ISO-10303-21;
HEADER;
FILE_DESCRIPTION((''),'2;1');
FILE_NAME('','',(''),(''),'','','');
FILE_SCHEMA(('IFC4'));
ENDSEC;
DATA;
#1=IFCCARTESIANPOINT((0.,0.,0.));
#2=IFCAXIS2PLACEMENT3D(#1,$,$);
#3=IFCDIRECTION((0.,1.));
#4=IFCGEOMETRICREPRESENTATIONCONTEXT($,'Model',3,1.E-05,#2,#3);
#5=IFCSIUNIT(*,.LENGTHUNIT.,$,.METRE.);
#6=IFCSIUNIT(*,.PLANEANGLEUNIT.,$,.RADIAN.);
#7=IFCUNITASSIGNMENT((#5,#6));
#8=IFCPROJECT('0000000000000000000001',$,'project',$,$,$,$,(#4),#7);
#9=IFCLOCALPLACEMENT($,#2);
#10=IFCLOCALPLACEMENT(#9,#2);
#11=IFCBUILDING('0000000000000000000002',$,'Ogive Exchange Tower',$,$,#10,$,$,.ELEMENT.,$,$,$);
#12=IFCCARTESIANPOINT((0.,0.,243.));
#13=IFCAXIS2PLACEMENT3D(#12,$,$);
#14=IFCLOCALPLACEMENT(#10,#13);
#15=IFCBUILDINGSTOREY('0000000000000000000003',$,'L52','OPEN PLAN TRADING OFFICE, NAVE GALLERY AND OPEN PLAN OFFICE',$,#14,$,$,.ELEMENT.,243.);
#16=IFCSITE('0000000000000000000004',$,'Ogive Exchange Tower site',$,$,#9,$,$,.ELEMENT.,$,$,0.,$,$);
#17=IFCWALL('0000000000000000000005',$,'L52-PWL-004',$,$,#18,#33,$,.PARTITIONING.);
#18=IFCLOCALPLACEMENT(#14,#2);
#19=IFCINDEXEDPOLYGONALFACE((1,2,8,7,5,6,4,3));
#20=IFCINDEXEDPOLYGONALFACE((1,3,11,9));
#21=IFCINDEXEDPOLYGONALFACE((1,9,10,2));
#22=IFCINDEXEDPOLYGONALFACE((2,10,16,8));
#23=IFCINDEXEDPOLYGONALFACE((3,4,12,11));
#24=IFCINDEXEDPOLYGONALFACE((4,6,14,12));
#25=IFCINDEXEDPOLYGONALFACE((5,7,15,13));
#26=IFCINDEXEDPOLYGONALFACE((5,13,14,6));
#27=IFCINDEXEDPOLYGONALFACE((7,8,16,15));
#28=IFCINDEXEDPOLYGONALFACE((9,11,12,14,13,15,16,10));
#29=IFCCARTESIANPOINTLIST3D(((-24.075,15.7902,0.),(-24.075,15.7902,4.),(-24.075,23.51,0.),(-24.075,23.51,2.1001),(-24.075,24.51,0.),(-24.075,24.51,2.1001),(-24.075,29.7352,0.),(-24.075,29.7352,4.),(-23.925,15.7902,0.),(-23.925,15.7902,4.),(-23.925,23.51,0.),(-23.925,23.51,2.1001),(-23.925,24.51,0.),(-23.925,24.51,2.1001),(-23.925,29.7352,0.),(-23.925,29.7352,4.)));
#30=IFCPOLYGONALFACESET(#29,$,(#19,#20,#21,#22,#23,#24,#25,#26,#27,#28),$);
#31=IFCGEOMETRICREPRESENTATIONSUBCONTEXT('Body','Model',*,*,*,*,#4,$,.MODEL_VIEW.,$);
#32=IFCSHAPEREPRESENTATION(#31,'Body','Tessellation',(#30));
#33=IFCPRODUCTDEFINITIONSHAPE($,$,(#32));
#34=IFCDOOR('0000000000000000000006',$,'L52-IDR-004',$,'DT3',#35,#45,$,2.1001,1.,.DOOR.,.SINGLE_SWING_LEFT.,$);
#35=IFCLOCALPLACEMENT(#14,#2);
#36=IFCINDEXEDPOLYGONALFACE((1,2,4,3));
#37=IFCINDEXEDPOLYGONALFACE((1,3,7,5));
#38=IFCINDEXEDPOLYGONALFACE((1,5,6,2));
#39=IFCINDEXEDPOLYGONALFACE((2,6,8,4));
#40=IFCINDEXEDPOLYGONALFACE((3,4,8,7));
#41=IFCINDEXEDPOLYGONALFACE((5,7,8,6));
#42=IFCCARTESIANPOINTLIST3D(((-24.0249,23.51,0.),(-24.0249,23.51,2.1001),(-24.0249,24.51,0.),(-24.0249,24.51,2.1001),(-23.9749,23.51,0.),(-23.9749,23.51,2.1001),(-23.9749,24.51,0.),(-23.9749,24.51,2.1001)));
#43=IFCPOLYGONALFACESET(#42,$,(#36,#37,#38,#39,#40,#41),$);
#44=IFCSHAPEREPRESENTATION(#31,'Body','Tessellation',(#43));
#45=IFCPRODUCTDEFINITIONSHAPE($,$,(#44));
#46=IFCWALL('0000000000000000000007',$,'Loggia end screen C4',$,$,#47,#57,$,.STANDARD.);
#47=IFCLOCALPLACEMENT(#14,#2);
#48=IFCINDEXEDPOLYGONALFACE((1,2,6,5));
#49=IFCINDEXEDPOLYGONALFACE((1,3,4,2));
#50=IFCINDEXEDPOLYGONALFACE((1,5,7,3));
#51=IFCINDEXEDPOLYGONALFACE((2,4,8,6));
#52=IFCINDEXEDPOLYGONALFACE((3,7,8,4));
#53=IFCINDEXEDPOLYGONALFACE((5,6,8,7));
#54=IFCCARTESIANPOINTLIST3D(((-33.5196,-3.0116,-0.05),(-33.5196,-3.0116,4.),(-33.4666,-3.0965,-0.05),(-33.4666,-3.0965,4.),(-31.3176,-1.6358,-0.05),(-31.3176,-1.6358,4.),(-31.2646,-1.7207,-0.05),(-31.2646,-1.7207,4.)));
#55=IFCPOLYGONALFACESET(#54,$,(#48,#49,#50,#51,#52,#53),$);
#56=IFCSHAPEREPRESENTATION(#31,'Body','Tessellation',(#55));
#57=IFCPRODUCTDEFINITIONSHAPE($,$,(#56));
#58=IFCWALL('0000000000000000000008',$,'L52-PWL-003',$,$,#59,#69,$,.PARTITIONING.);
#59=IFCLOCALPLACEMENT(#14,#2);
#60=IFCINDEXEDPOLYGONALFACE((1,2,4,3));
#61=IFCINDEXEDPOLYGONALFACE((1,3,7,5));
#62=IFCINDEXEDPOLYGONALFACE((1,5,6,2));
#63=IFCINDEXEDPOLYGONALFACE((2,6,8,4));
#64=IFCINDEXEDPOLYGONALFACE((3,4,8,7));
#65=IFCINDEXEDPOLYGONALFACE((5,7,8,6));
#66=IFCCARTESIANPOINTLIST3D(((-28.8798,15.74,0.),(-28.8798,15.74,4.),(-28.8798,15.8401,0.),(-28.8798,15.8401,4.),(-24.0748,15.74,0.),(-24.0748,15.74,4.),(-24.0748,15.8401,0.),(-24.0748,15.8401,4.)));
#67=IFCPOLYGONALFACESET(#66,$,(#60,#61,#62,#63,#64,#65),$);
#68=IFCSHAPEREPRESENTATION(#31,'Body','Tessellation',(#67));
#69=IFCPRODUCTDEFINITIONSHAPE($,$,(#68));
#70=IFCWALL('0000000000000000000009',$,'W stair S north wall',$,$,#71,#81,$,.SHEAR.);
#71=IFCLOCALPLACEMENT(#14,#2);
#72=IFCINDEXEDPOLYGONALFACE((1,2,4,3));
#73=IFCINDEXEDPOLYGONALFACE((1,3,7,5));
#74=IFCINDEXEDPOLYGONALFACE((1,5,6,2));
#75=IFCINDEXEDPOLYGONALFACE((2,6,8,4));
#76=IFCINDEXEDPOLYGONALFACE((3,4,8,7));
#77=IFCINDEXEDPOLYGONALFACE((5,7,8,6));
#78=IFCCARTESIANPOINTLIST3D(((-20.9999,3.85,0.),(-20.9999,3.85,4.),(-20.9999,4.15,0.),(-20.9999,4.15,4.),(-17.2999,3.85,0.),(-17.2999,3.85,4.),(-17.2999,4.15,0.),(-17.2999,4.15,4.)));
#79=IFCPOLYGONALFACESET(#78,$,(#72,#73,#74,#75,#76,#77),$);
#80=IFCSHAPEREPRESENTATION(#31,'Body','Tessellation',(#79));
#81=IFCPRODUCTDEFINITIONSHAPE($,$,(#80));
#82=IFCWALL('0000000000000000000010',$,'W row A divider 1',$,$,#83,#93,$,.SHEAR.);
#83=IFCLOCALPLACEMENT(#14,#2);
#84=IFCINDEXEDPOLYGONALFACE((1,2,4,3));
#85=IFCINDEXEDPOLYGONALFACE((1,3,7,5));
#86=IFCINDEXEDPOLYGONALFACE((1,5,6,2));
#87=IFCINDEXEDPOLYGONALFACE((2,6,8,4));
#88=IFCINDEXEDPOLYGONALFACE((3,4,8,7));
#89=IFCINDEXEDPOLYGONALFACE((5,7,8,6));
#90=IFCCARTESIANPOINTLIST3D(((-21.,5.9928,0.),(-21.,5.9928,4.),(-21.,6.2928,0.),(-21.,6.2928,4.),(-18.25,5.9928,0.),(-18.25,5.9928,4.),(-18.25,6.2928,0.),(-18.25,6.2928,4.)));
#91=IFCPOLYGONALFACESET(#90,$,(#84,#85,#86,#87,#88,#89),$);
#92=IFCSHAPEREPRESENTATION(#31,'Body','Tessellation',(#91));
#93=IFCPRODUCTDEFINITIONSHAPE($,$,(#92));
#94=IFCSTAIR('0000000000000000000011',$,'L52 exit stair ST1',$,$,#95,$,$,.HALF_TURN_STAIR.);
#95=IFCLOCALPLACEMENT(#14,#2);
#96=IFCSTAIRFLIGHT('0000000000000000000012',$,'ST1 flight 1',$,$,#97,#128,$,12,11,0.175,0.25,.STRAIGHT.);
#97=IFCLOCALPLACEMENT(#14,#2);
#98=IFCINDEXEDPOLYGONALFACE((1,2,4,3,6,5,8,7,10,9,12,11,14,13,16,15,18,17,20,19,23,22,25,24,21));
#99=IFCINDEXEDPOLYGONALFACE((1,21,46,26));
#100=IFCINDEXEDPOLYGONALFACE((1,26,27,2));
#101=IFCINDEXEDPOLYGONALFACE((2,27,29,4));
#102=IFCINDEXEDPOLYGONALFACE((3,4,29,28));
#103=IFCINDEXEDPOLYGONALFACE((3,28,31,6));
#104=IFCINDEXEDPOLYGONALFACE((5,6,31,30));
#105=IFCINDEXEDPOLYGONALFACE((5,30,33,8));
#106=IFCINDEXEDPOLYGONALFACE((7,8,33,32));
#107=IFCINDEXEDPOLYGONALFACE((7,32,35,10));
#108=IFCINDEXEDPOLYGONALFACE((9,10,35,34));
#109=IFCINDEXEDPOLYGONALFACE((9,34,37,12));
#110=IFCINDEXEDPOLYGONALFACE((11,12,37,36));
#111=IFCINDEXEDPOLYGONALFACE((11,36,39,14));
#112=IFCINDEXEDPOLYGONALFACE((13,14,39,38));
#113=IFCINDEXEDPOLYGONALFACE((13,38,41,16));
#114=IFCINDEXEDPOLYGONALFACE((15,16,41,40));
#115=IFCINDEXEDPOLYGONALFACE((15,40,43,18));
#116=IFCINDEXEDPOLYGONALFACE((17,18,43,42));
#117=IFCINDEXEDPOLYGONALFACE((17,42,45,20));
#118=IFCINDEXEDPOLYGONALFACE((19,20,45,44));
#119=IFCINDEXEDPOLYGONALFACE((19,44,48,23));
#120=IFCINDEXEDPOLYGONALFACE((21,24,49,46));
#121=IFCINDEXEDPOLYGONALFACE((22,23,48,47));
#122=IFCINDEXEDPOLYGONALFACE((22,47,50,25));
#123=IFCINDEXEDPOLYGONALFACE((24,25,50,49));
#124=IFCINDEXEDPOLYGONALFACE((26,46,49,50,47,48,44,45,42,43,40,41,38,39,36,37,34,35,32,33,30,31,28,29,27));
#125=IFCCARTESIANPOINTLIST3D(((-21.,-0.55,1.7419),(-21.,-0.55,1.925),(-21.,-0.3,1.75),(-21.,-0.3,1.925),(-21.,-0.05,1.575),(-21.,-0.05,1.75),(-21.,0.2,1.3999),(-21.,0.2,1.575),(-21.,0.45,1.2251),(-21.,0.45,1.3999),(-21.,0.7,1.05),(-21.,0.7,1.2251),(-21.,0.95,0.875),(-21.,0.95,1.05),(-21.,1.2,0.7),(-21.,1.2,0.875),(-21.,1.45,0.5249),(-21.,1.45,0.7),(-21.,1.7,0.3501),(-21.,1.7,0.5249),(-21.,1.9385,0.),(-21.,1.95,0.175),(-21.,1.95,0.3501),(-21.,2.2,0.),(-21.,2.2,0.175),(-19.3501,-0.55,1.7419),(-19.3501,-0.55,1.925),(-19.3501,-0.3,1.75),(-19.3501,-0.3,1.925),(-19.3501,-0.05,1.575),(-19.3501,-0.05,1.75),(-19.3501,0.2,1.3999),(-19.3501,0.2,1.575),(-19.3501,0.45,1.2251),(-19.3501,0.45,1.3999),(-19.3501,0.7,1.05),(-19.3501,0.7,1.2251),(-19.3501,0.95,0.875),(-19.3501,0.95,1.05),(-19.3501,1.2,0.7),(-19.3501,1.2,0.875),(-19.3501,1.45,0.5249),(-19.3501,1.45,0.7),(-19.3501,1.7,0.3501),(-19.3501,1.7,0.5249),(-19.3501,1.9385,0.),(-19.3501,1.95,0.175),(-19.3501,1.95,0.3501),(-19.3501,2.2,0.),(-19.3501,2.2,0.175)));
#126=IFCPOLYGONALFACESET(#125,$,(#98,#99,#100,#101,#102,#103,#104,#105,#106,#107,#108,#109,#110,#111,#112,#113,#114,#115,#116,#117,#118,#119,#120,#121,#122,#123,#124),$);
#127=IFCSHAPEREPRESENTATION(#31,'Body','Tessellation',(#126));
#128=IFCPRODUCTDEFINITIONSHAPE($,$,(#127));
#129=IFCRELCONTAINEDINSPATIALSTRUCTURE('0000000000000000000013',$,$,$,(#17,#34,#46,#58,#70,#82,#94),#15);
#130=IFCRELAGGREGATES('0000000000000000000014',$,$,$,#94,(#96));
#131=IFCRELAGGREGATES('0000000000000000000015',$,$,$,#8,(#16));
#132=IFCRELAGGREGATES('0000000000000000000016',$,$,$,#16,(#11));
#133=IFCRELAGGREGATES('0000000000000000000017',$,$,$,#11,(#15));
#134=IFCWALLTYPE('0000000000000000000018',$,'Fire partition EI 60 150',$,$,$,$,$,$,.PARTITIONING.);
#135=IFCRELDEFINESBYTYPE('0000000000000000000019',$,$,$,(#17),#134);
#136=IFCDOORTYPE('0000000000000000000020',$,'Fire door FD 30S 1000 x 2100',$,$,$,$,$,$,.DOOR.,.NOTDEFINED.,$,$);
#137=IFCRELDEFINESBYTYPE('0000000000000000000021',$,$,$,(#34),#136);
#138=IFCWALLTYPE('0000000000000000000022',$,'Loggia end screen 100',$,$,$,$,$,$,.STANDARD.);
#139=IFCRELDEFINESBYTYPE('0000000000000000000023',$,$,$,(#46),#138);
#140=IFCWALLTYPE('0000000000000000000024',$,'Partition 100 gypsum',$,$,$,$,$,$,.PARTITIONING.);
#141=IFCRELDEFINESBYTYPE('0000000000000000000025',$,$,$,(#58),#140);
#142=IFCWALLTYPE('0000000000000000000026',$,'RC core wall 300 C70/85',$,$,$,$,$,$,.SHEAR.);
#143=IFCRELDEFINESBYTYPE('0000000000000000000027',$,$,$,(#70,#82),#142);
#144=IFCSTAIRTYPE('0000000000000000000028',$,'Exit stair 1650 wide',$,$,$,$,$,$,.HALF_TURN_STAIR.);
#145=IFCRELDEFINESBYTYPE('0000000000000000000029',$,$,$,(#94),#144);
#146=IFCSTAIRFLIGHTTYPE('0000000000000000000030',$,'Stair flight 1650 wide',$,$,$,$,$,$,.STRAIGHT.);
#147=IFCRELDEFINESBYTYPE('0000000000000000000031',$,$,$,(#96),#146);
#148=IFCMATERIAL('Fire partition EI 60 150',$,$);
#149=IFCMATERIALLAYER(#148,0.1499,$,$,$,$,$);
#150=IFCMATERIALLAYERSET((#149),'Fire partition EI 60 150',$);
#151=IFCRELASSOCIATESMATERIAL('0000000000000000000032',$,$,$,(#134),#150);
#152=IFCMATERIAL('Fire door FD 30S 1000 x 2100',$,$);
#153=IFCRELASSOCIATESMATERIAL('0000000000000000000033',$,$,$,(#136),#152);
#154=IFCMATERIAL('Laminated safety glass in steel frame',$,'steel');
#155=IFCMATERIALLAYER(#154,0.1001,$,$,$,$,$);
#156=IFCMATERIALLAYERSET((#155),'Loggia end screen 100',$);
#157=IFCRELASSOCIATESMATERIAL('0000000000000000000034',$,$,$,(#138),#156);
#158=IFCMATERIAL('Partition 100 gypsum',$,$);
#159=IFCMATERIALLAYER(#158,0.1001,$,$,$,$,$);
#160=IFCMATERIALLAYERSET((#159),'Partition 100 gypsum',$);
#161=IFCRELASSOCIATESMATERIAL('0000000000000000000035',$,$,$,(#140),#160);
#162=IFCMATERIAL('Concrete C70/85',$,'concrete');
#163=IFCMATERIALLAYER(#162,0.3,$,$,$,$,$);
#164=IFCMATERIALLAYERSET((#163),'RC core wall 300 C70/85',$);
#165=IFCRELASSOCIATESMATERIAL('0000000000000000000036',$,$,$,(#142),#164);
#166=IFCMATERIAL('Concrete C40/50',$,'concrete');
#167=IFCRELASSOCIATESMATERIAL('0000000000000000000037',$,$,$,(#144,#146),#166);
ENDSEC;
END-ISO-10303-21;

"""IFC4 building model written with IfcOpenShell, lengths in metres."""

from ifc_helpers import new_model, si_unit, direction, frame, frame_2d, origin, place, context, subcontext, project, spatial, polyline, rectangle, outline, extrude, material, layer, layer_set, type_object, element, fill, aggregate, save


model = new_model("IFC4")

# Units and contexts
model_context = context("Model", 3, precision=1e-05, world=origin(), true_north=direction((0.0, 1.0)))
body_context = subcontext(model_context, "Body", "Model", "MODEL_VIEW")
ifc_project = project(units=[si_unit("LENGTHUNIT", "METRE"), si_unit("PLANEANGLEUNIT", "RADIAN")], contexts=[model_context])

# Site, building, storey
site_placement = place(None, origin())
site = spatial("IfcSite", under=ifc_project, at=site_placement, Name="Ogive Exchange Tower site", CompositionType="ELEMENT", RefElevation=0.0)
building_placement = place(site_placement, origin())
building = spatial("IfcBuilding", under=site, at=building_placement, Name="Ogive Exchange Tower", CompositionType="ELEMENT")
storey_placement = place(building_placement, frame((0.0, 0.0, 243.0)))
storey = spatial("IfcBuildingStorey", under=building, at=storey_placement, Name="L52", Description="OPEN PLAN TRADING OFFICE, NAVE GALLERY AND OPEN PLAN OFFICE", CompositionType="ELEMENT", Elevation=243.0)

# Wall, opening, door
ifc_material_1 = material(Name="Fire partition EI 60 150")
ifc_layer_1 = layer(ifc_material_1, 0.1499)
ifc_layer_set_1 = layer_set([ifc_layer_1], Name="Fire partition EI 60 150")
wall_type_1 = type_object("IfcWallType", Name="Fire partition EI 60 150", PredefinedType="PARTITIONING", material=ifc_layer_set_1)
wall_1_placement = place(storey_placement, frame((-24.0, 15.79, 0.0), z_axis=(0.0, 0.0, 1.0), x_axis=(0.0, 1.0, 0.0)))
wall_1 = element("IfcWall", 1, at=wall_1_placement, inside=storey, type_object=wall_type_1, Name="L52-PWL-004", PredefinedType="PARTITIONING", context=body_context, shape_type="SweptSolid", body=[
    extrude(rectangle(XDim=13.9451, YDim=0.1499, at=frame_2d((6.9727, 0.0))), origin(), (0.0, 0.0, 1.0), 4.0),
])
opening_placement = place(wall_1_placement, frame((7.72, 0.0, 0.0)))
opening = element("IfcOpeningElement", 2, at=opening_placement, cuts=wall_1, PredefinedType="OPENING", context=body_context, shape_type="SweptSolid", body=[
    extrude(rectangle(XDim=1.0, YDim=2.1001, at=frame_2d((0.5, 1.05))), frame((0.0, 0.085, 0.0), z_axis=(0.0, -1.0, 0.0), x_axis=(1.0, 0.0, 0.0)), (0.0, 0.0, 1.0), 0.1699),
])
ifc_material_2 = material(Name="Fire door FD 30S 1000 x 2100")
door_type = type_object("IfcDoorType", Name="Fire door FD 30S 1000 x 2100", OperationType="NOTDEFINED", PredefinedType="DOOR", material=ifc_material_2)
door_placement = place(opening_placement, origin())
door = element("IfcDoor", 3, at=door_placement, inside=storey, type_object=door_type, Name="L52-IDR-004", ObjectType="DT3", OperationType="SINGLE_SWING_LEFT", OverallHeight=2.1001, OverallWidth=1.0, PredefinedType="DOOR", context=body_context, shape_type="SweptSolid", body=[
    extrude(rectangle(XDim=1.0, YDim=2.1001, at=frame_2d((0.5, 1.05))), frame((0.0, 0.0249, 0.0), z_axis=(0.0, -1.0, 0.0), x_axis=(1.0, 0.0, 0.0)), (0.0, 0.0, 1.0), 0.05),
])
fill(opening, door)

# Walls
ifc_material_3 = material(Name="Laminated safety glass in steel frame", Category="steel")
ifc_layer_2 = layer(ifc_material_3, 0.1001)
ifc_layer_set_2 = layer_set([ifc_layer_2], Name="Loggia end screen 100")
wall_type_2 = type_object("IfcWallType", Name="Loggia end screen 100", PredefinedType="STANDARD", material=ifc_layer_set_2)
wall_2_placement = place(storey_placement, frame((-31.291, -1.6782, -0.05), z_axis=(0.0, 0.0, 1.0), x_axis=(-0.848078, -0.529872, 0.0)))
element("IfcWall", 4, at=wall_2_placement, inside=storey, type_object=wall_type_2, Name="Loggia end screen C4", PredefinedType="STANDARD", context=body_context, shape_type="SweptSolid", body=[
    extrude(rectangle(XDim=2.5964, YDim=0.1001, at=frame_2d((1.2983, 0.0))), origin(), (0.0, 0.0, 1.0), 4.05),
])
ifc_material_4 = material(Name="Partition 100 gypsum")
ifc_layer_3 = layer(ifc_material_4, 0.1001)
ifc_layer_set_3 = layer_set([ifc_layer_3], Name="Partition 100 gypsum")
wall_type_3 = type_object("IfcWallType", Name="Partition 100 gypsum", PredefinedType="PARTITIONING", material=ifc_layer_set_3)
wall_3_placement = place(storey_placement, frame((-24.075, 15.79, 0.0), z_axis=(0.0, 0.0, 1.0), x_axis=(-1.0, 0.0, 0.0)))
element("IfcWall", 5, at=wall_3_placement, inside=storey, type_object=wall_type_3, Name="L52-PWL-003", PredefinedType="PARTITIONING", context=body_context, shape_type="SweptSolid", body=[
    extrude(rectangle(XDim=4.8049, YDim=0.1001, at=frame_2d((2.4023, 0.0))), origin(), (0.0, 0.0, 1.0), 4.0),
])
ifc_material_5 = material(Name="Concrete C70/85", Category="concrete")
ifc_layer_4 = layer(ifc_material_5, 0.3)
ifc_layer_set_4 = layer_set([ifc_layer_4], Name="RC core wall 300 C70/85")
wall_type_4 = type_object("IfcWallType", Name="RC core wall 300 C70/85", PredefinedType="SHEAR", material=ifc_layer_set_4)
wall_4_placement = place(storey_placement, frame((-21.0, 4.0, 0.0), z_axis=(0.0, 0.0, 1.0), x_axis=(1.0, 0.0, 0.0)))
element("IfcWall", 6, at=wall_4_placement, inside=storey, type_object=wall_type_4, Name="W stair S north wall", PredefinedType="SHEAR", context=body_context, shape_type="SweptSolid", body=[
    extrude(rectangle(XDim=3.7, YDim=0.3, at=frame_2d((1.8501, 0.0))), origin(), (0.0, 0.0, 1.0), 4.0),
])
wall_5_placement = place(storey_placement, frame((-21.0, 6.1428, 0.0), z_axis=(0.0, 0.0, 1.0), x_axis=(1.0, 0.0, 0.0)))
element("IfcWall", 7, at=wall_5_placement, inside=storey, type_object=wall_type_4, Name="W row A divider 1", PredefinedType="SHEAR", context=body_context, shape_type="SweptSolid", body=[
    extrude(rectangle(XDim=2.75, YDim=0.3, at=frame_2d((1.375, 0.0))), origin(), (0.0, 0.0, 1.0), 4.0),
])

# Stair, stair flight
ifc_material_6 = material(Name="Concrete C40/50", Category="concrete")
stair_type = type_object("IfcStairType", Name="Exit stair 1650 wide", PredefinedType="HALF_TURN_STAIR", material=ifc_material_6)
stair_placement = place(storey_placement, origin())
stair = element("IfcStair", 8, at=stair_placement, inside=storey, type_object=stair_type, Name="L52 exit stair ST1", PredefinedType="HALF_TURN_STAIR")
stair_flight_type = type_object("IfcStairFlightType", Name="Stair flight 1650 wide", PredefinedType="STRAIGHT", material=ifc_material_6)
stair_flight_placement = place(storey_placement, frame((-20.175, 2.2, 0.0), z_axis=(0.0, 0.0, 1.0), x_axis=(0.0, -1.0, 0.0)))
stair_flight = element("IfcStairFlight", 9, at=stair_flight_placement, type_object=stair_flight_type, Name="ST1 flight 1", NumberOfRisers=12, NumberOfTreads=11, PredefinedType="STRAIGHT", RiserHeight=0.175, TreadLength=0.25, context=body_context, shape_type="SweptSolid", body=[
    extrude(outline(polyline([(0.0, 0.0), (0.0, 0.175), (0.25, 0.175), (0.25, 0.3501), (0.5, 0.3501), (0.5, 0.5249), (0.75, 0.5249), (0.75, 0.7), (1.0, 0.7), (1.0, 0.875), (1.25, 0.875), (1.25, 1.05), (1.5, 1.05), (1.5, 1.2251), (1.75, 1.2251), (1.75, 1.3999), (2.0, 1.3999), (2.0, 1.575), (2.25, 1.575), (2.25, 1.75), (2.5, 1.75), (2.5, 1.925), (2.75, 1.925), (2.75, 2.1001), (2.75, 1.7419), (0.2615, 0.0), (0.0, 0.0)])), frame((0.0, 0.825, 0.0), z_axis=(0.0, -1.0, 0.0), x_axis=(1.0, 0.0, 0.0)), (0.0, 0.0, 1.0), 1.6499),
])
aggregate(stair, [stair_flight])

save(model, "model.ifc")
